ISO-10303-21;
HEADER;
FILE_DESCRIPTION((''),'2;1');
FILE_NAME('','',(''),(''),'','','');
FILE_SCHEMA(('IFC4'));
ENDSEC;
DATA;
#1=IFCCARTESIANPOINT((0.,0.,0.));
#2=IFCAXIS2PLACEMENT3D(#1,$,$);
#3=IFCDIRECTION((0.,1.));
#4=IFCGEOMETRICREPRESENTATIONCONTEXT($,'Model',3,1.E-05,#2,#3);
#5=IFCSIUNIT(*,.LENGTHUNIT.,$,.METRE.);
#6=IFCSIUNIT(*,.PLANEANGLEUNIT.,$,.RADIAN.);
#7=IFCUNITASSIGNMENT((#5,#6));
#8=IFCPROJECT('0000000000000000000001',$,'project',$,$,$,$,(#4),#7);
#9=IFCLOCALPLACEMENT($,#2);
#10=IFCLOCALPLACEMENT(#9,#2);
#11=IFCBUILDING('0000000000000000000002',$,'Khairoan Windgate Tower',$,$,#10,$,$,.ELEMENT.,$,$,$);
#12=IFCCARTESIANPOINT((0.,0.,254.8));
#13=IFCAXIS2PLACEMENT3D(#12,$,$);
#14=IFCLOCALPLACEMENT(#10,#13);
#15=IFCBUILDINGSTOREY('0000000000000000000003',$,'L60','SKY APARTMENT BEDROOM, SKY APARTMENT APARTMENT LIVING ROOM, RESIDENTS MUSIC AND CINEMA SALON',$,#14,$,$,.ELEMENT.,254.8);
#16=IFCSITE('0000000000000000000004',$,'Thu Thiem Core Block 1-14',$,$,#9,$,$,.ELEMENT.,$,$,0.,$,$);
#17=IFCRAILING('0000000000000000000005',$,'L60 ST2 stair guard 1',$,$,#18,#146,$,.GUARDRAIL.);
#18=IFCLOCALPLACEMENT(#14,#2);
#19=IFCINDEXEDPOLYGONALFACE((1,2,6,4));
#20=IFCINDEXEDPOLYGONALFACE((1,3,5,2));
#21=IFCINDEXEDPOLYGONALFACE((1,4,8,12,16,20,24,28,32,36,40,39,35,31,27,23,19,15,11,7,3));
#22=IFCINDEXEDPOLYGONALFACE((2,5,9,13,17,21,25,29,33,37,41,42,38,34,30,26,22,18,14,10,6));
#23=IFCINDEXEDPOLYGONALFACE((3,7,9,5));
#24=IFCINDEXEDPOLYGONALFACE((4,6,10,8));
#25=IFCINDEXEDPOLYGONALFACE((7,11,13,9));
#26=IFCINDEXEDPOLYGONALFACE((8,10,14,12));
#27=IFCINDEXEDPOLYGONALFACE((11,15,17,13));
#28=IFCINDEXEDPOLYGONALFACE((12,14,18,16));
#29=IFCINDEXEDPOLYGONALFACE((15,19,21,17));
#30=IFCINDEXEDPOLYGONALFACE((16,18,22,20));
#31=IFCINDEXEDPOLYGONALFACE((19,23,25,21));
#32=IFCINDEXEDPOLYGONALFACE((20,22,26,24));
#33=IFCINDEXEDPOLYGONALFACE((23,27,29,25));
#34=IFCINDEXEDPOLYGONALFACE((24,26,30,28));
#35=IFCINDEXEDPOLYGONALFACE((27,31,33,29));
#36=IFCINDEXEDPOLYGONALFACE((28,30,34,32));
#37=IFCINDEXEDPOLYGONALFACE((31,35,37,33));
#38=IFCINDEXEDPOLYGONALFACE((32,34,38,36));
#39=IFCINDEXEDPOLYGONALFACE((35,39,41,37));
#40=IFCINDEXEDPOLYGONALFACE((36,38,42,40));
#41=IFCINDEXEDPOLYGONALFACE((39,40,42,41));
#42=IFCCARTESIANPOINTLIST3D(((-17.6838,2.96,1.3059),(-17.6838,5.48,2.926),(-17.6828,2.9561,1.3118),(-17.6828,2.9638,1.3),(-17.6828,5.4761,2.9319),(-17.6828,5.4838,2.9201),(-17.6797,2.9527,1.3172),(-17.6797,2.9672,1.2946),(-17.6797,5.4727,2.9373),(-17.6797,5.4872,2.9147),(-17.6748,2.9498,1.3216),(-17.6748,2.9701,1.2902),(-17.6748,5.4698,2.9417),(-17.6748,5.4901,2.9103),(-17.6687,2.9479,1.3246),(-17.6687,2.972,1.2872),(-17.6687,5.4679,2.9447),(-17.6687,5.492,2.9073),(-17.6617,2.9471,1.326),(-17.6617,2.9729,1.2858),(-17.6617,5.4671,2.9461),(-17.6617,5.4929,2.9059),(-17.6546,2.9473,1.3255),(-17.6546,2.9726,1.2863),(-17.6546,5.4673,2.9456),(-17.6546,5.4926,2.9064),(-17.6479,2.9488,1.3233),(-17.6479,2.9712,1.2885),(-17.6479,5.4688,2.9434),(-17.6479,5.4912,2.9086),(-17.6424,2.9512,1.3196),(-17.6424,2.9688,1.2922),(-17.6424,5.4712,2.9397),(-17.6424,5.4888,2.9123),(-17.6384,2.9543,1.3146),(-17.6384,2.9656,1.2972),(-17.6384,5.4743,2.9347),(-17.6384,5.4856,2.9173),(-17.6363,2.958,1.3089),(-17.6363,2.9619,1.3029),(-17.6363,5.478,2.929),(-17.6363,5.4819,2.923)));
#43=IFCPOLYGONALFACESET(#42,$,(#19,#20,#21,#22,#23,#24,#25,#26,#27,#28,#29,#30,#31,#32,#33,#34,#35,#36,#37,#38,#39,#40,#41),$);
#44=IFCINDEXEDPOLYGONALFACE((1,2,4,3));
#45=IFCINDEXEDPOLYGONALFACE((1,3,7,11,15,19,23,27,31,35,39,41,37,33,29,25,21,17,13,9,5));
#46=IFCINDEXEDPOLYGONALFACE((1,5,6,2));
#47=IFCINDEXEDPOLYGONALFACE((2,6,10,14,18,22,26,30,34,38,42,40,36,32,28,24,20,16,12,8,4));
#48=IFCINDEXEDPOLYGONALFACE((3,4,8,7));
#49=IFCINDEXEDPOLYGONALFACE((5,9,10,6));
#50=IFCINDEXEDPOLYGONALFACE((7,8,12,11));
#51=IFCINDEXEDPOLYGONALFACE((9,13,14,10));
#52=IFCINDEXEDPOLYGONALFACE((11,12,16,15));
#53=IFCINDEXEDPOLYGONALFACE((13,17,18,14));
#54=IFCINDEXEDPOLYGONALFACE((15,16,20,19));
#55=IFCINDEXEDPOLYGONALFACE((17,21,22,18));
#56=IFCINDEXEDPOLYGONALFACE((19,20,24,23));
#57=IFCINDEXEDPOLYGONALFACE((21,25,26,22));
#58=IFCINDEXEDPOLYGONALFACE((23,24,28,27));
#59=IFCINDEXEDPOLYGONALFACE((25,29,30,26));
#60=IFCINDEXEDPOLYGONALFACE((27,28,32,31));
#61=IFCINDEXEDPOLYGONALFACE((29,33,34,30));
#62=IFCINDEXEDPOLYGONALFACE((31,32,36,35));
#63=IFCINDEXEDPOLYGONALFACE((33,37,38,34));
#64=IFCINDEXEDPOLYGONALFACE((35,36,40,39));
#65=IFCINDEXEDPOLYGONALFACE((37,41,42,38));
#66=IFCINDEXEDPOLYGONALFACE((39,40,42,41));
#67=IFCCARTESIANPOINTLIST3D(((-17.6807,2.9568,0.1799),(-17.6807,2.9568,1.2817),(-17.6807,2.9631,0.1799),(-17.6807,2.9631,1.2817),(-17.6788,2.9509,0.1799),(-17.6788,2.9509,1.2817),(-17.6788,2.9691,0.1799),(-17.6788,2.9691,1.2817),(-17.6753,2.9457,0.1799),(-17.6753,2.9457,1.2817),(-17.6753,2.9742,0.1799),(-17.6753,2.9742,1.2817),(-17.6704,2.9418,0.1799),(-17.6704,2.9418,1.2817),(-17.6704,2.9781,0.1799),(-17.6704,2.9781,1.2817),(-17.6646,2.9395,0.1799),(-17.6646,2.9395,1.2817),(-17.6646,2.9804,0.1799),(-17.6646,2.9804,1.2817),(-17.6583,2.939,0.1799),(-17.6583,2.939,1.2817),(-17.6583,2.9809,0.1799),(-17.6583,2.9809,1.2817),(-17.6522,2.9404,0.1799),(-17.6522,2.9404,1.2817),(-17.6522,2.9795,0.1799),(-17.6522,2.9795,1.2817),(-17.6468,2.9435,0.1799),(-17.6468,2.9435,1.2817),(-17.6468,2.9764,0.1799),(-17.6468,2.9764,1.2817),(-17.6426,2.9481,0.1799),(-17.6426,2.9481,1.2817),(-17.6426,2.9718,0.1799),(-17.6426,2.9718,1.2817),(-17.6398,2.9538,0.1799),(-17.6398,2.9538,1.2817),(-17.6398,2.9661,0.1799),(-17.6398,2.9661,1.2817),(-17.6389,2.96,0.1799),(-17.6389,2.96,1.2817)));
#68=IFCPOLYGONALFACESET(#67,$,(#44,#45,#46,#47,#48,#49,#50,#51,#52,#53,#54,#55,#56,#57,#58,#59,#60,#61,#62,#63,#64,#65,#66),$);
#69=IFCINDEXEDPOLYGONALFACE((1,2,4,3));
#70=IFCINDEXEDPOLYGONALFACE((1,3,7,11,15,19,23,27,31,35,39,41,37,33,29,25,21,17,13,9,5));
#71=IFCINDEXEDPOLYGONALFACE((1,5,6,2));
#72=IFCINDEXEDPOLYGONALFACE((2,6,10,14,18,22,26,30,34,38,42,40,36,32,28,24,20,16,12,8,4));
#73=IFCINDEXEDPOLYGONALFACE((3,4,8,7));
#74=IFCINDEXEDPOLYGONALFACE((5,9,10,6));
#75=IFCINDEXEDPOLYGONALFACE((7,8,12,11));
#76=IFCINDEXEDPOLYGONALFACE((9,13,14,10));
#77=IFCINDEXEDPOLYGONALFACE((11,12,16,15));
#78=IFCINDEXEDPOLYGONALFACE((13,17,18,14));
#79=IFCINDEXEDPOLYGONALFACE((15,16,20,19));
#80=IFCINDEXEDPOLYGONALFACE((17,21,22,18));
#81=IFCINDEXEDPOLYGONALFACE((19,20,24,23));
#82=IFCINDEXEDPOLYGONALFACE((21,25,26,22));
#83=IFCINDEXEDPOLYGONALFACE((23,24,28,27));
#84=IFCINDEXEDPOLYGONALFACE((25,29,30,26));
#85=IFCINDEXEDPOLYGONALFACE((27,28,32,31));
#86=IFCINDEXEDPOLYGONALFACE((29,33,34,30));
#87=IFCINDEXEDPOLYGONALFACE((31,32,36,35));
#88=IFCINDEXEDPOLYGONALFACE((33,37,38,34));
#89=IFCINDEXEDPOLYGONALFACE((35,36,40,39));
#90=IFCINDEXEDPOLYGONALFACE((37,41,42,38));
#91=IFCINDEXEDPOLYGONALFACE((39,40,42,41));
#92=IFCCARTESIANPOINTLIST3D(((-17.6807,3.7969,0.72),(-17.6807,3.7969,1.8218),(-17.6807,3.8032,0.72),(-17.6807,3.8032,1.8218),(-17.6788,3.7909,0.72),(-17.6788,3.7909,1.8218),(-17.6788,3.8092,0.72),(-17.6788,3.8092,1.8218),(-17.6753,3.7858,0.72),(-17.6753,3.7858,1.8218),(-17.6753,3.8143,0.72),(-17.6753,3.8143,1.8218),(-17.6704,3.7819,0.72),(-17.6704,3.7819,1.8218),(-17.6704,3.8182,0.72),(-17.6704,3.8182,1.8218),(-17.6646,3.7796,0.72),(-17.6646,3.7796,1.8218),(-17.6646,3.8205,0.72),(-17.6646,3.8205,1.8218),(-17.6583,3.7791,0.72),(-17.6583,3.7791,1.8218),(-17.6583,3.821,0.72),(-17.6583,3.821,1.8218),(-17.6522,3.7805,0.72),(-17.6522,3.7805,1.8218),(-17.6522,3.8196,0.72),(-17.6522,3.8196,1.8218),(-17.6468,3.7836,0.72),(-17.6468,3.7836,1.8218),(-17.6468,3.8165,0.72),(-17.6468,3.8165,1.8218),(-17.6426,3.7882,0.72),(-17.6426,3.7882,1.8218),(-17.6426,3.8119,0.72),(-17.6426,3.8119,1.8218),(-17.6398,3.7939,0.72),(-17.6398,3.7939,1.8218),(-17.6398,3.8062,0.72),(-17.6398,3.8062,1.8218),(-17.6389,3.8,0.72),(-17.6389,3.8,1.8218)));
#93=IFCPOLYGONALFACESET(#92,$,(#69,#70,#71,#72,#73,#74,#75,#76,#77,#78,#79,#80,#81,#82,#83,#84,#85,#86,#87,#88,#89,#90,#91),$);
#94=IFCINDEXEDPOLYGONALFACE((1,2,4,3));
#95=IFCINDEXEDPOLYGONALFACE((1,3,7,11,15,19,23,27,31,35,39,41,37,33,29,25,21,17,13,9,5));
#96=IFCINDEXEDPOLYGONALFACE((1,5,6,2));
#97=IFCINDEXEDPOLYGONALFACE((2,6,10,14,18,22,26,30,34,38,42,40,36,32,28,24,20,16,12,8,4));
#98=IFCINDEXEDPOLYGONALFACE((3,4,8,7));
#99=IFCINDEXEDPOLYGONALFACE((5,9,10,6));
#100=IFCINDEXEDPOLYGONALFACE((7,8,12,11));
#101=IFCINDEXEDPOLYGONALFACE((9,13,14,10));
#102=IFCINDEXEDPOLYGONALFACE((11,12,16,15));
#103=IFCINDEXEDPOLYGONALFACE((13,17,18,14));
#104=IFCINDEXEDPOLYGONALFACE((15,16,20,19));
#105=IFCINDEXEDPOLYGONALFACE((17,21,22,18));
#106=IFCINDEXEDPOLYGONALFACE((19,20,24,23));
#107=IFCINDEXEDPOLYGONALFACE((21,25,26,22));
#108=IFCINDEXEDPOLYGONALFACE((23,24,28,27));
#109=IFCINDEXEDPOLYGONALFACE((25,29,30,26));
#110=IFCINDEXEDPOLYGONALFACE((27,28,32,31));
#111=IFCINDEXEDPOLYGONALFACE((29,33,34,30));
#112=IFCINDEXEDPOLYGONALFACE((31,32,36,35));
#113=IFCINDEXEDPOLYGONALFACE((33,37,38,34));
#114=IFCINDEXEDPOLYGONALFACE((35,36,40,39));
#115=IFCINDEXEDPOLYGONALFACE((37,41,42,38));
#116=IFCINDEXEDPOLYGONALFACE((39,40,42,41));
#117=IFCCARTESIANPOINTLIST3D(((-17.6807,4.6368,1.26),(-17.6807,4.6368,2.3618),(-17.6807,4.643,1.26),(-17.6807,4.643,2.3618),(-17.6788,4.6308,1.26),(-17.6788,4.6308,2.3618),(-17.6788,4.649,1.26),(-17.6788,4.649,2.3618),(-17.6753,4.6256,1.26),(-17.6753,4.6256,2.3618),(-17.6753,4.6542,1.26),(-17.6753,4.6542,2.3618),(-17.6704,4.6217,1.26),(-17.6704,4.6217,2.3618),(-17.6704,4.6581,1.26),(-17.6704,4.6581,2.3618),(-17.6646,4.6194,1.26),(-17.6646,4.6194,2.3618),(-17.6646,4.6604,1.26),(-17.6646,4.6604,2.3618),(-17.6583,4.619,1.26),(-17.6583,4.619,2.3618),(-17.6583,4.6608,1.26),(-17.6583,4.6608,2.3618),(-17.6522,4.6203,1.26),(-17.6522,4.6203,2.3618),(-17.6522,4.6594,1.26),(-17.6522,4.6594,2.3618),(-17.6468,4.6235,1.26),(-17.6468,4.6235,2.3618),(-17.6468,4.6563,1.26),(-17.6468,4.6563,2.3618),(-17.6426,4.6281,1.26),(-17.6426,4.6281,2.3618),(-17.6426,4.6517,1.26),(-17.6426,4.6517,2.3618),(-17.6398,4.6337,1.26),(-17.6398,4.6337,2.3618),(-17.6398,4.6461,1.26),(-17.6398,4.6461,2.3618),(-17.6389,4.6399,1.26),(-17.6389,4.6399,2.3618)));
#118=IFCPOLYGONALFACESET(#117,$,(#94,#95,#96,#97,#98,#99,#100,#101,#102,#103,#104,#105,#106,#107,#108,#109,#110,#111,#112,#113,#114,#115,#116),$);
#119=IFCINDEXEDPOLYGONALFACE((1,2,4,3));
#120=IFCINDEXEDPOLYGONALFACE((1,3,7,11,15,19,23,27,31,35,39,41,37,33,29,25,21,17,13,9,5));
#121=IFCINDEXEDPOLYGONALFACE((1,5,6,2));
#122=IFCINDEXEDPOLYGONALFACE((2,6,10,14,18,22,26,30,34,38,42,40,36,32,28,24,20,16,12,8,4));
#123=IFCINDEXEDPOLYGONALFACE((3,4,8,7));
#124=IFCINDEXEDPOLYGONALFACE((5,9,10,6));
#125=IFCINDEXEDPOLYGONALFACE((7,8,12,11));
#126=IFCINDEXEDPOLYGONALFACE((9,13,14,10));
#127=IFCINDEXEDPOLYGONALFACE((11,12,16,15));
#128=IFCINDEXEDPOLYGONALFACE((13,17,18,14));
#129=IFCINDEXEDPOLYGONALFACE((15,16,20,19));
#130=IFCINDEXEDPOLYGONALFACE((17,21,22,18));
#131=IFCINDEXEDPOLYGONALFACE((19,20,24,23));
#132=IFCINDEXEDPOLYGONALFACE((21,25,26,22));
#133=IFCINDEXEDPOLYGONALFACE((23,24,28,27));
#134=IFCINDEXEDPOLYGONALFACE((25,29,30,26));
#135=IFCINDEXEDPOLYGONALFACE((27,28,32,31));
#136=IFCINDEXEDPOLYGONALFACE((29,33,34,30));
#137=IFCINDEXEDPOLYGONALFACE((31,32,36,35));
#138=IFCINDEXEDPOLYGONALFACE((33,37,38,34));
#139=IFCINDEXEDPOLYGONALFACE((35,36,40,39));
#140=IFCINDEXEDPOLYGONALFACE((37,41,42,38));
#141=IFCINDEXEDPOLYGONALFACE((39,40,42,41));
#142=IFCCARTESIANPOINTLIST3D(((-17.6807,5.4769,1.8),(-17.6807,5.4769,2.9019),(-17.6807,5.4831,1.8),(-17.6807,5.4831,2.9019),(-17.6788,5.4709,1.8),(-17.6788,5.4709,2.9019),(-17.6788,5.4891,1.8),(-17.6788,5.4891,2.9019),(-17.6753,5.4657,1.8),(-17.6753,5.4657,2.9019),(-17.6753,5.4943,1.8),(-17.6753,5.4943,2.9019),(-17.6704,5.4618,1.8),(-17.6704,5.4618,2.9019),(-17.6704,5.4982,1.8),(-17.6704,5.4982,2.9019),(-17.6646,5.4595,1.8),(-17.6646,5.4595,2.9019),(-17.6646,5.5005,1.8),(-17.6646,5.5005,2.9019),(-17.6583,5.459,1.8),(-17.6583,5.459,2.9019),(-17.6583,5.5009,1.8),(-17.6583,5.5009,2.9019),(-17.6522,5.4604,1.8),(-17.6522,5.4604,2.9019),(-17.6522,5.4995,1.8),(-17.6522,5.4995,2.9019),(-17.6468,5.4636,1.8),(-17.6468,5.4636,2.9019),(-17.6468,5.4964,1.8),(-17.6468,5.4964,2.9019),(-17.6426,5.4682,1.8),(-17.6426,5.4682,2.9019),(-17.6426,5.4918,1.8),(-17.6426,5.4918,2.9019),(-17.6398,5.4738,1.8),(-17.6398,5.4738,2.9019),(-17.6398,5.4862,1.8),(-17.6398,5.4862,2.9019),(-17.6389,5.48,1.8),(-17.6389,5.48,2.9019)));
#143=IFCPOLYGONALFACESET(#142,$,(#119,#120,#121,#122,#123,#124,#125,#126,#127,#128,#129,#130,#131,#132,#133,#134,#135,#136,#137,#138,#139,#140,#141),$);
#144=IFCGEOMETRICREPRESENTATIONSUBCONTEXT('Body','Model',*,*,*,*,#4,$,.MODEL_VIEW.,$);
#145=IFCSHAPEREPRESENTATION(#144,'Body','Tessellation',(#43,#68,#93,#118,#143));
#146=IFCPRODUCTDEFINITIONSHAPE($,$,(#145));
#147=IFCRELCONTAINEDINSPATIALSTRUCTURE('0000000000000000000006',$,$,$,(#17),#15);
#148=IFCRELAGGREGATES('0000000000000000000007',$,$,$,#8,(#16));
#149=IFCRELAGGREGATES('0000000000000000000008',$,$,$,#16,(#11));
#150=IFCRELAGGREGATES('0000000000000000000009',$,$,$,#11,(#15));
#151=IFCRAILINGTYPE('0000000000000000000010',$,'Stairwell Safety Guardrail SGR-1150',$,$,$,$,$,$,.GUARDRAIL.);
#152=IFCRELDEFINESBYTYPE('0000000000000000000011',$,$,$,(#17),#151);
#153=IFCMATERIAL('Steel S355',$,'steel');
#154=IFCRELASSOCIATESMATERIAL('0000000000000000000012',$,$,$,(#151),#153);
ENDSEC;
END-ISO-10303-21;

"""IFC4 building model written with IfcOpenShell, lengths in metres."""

from ifc_helpers import new_model, si_unit, direction, frame, origin, origin_2d, place, context, subcontext, project, spatial, circle, extrude, material, type_object, element, save


model = new_model("IFC4")

# Units and contexts
model_context = context("Model", 3, precision=1e-05, world=origin(), true_north=direction((0.0, 1.0)))
body_context = subcontext(model_context, "Body", "Model", "MODEL_VIEW")
ifc_project = project(units=[si_unit("LENGTHUNIT", "METRE"), si_unit("PLANEANGLEUNIT", "RADIAN")], contexts=[model_context])

# Site, building, storey
site_placement = place(None, origin())
site = spatial("IfcSite", under=ifc_project, at=site_placement, Name="Thu Thiem Core Block 1-14", CompositionType="ELEMENT", RefElevation=0.0)
building_placement = place(site_placement, origin())
building = spatial("IfcBuilding", under=site, at=building_placement, Name="Khairoan Windgate Tower", CompositionType="ELEMENT")
storey_placement = place(building_placement, frame((0.0, 0.0, 254.8)))
storey = spatial("IfcBuildingStorey", under=building, at=storey_placement, Name="L60", Description="SKY APARTMENT BEDROOM, SKY APARTMENT APARTMENT LIVING ROOM, RESIDENTS MUSIC AND CINEMA SALON", CompositionType="ELEMENT", Elevation=254.8)

# Railing
ifc_material_1 = material(Name="Steel S355", Category="steel")
railing_type_1 = type_object("IfcRailingType", Name="Stairwell Safety Guardrail SGR-1150", PredefinedType="GUARDRAIL", material=ifc_material_1)
railing_1_placement = place(storey_placement, frame((-17.6599, 2.96, 0.1799)))
element("IfcRailing", 1, at=railing_1_placement, inside=storey, type_object=railing_type_1, Name="L60 ST2 stair guard 1", PredefinedType="GUARDRAIL", context=body_context, shape_type="SweptSolid", body=[
    extrude(circle(Radius=0.0239, at=origin_2d()), frame((0.0, 0.0, 1.126), z_axis=(0.0, 0.841163, 0.540782), x_axis=(-1.0, 0.0, 0.0)), (0.0, 0.0, 1.0), 2.9958),
    extrude(circle(Radius=0.021, at=origin_2d()), origin(), (0.0, 0.0, 1.0), 1.1018),
    extrude(circle(Radius=0.021, at=origin_2d()), frame((0.0, 0.8401, 0.54)), (0.0, 0.0, 1.0), 1.1018),
    extrude(circle(Radius=0.021, at=origin_2d()), frame((0.0, 1.6799, 1.0801)), (0.0, 0.0, 1.0), 1.1018),
    extrude(circle(Radius=0.021, at=origin_2d()), frame((0.0, 2.52, 1.6201)), (0.0, 0.0, 1.0), 1.1018),
])

save(model, "model.ifc")
